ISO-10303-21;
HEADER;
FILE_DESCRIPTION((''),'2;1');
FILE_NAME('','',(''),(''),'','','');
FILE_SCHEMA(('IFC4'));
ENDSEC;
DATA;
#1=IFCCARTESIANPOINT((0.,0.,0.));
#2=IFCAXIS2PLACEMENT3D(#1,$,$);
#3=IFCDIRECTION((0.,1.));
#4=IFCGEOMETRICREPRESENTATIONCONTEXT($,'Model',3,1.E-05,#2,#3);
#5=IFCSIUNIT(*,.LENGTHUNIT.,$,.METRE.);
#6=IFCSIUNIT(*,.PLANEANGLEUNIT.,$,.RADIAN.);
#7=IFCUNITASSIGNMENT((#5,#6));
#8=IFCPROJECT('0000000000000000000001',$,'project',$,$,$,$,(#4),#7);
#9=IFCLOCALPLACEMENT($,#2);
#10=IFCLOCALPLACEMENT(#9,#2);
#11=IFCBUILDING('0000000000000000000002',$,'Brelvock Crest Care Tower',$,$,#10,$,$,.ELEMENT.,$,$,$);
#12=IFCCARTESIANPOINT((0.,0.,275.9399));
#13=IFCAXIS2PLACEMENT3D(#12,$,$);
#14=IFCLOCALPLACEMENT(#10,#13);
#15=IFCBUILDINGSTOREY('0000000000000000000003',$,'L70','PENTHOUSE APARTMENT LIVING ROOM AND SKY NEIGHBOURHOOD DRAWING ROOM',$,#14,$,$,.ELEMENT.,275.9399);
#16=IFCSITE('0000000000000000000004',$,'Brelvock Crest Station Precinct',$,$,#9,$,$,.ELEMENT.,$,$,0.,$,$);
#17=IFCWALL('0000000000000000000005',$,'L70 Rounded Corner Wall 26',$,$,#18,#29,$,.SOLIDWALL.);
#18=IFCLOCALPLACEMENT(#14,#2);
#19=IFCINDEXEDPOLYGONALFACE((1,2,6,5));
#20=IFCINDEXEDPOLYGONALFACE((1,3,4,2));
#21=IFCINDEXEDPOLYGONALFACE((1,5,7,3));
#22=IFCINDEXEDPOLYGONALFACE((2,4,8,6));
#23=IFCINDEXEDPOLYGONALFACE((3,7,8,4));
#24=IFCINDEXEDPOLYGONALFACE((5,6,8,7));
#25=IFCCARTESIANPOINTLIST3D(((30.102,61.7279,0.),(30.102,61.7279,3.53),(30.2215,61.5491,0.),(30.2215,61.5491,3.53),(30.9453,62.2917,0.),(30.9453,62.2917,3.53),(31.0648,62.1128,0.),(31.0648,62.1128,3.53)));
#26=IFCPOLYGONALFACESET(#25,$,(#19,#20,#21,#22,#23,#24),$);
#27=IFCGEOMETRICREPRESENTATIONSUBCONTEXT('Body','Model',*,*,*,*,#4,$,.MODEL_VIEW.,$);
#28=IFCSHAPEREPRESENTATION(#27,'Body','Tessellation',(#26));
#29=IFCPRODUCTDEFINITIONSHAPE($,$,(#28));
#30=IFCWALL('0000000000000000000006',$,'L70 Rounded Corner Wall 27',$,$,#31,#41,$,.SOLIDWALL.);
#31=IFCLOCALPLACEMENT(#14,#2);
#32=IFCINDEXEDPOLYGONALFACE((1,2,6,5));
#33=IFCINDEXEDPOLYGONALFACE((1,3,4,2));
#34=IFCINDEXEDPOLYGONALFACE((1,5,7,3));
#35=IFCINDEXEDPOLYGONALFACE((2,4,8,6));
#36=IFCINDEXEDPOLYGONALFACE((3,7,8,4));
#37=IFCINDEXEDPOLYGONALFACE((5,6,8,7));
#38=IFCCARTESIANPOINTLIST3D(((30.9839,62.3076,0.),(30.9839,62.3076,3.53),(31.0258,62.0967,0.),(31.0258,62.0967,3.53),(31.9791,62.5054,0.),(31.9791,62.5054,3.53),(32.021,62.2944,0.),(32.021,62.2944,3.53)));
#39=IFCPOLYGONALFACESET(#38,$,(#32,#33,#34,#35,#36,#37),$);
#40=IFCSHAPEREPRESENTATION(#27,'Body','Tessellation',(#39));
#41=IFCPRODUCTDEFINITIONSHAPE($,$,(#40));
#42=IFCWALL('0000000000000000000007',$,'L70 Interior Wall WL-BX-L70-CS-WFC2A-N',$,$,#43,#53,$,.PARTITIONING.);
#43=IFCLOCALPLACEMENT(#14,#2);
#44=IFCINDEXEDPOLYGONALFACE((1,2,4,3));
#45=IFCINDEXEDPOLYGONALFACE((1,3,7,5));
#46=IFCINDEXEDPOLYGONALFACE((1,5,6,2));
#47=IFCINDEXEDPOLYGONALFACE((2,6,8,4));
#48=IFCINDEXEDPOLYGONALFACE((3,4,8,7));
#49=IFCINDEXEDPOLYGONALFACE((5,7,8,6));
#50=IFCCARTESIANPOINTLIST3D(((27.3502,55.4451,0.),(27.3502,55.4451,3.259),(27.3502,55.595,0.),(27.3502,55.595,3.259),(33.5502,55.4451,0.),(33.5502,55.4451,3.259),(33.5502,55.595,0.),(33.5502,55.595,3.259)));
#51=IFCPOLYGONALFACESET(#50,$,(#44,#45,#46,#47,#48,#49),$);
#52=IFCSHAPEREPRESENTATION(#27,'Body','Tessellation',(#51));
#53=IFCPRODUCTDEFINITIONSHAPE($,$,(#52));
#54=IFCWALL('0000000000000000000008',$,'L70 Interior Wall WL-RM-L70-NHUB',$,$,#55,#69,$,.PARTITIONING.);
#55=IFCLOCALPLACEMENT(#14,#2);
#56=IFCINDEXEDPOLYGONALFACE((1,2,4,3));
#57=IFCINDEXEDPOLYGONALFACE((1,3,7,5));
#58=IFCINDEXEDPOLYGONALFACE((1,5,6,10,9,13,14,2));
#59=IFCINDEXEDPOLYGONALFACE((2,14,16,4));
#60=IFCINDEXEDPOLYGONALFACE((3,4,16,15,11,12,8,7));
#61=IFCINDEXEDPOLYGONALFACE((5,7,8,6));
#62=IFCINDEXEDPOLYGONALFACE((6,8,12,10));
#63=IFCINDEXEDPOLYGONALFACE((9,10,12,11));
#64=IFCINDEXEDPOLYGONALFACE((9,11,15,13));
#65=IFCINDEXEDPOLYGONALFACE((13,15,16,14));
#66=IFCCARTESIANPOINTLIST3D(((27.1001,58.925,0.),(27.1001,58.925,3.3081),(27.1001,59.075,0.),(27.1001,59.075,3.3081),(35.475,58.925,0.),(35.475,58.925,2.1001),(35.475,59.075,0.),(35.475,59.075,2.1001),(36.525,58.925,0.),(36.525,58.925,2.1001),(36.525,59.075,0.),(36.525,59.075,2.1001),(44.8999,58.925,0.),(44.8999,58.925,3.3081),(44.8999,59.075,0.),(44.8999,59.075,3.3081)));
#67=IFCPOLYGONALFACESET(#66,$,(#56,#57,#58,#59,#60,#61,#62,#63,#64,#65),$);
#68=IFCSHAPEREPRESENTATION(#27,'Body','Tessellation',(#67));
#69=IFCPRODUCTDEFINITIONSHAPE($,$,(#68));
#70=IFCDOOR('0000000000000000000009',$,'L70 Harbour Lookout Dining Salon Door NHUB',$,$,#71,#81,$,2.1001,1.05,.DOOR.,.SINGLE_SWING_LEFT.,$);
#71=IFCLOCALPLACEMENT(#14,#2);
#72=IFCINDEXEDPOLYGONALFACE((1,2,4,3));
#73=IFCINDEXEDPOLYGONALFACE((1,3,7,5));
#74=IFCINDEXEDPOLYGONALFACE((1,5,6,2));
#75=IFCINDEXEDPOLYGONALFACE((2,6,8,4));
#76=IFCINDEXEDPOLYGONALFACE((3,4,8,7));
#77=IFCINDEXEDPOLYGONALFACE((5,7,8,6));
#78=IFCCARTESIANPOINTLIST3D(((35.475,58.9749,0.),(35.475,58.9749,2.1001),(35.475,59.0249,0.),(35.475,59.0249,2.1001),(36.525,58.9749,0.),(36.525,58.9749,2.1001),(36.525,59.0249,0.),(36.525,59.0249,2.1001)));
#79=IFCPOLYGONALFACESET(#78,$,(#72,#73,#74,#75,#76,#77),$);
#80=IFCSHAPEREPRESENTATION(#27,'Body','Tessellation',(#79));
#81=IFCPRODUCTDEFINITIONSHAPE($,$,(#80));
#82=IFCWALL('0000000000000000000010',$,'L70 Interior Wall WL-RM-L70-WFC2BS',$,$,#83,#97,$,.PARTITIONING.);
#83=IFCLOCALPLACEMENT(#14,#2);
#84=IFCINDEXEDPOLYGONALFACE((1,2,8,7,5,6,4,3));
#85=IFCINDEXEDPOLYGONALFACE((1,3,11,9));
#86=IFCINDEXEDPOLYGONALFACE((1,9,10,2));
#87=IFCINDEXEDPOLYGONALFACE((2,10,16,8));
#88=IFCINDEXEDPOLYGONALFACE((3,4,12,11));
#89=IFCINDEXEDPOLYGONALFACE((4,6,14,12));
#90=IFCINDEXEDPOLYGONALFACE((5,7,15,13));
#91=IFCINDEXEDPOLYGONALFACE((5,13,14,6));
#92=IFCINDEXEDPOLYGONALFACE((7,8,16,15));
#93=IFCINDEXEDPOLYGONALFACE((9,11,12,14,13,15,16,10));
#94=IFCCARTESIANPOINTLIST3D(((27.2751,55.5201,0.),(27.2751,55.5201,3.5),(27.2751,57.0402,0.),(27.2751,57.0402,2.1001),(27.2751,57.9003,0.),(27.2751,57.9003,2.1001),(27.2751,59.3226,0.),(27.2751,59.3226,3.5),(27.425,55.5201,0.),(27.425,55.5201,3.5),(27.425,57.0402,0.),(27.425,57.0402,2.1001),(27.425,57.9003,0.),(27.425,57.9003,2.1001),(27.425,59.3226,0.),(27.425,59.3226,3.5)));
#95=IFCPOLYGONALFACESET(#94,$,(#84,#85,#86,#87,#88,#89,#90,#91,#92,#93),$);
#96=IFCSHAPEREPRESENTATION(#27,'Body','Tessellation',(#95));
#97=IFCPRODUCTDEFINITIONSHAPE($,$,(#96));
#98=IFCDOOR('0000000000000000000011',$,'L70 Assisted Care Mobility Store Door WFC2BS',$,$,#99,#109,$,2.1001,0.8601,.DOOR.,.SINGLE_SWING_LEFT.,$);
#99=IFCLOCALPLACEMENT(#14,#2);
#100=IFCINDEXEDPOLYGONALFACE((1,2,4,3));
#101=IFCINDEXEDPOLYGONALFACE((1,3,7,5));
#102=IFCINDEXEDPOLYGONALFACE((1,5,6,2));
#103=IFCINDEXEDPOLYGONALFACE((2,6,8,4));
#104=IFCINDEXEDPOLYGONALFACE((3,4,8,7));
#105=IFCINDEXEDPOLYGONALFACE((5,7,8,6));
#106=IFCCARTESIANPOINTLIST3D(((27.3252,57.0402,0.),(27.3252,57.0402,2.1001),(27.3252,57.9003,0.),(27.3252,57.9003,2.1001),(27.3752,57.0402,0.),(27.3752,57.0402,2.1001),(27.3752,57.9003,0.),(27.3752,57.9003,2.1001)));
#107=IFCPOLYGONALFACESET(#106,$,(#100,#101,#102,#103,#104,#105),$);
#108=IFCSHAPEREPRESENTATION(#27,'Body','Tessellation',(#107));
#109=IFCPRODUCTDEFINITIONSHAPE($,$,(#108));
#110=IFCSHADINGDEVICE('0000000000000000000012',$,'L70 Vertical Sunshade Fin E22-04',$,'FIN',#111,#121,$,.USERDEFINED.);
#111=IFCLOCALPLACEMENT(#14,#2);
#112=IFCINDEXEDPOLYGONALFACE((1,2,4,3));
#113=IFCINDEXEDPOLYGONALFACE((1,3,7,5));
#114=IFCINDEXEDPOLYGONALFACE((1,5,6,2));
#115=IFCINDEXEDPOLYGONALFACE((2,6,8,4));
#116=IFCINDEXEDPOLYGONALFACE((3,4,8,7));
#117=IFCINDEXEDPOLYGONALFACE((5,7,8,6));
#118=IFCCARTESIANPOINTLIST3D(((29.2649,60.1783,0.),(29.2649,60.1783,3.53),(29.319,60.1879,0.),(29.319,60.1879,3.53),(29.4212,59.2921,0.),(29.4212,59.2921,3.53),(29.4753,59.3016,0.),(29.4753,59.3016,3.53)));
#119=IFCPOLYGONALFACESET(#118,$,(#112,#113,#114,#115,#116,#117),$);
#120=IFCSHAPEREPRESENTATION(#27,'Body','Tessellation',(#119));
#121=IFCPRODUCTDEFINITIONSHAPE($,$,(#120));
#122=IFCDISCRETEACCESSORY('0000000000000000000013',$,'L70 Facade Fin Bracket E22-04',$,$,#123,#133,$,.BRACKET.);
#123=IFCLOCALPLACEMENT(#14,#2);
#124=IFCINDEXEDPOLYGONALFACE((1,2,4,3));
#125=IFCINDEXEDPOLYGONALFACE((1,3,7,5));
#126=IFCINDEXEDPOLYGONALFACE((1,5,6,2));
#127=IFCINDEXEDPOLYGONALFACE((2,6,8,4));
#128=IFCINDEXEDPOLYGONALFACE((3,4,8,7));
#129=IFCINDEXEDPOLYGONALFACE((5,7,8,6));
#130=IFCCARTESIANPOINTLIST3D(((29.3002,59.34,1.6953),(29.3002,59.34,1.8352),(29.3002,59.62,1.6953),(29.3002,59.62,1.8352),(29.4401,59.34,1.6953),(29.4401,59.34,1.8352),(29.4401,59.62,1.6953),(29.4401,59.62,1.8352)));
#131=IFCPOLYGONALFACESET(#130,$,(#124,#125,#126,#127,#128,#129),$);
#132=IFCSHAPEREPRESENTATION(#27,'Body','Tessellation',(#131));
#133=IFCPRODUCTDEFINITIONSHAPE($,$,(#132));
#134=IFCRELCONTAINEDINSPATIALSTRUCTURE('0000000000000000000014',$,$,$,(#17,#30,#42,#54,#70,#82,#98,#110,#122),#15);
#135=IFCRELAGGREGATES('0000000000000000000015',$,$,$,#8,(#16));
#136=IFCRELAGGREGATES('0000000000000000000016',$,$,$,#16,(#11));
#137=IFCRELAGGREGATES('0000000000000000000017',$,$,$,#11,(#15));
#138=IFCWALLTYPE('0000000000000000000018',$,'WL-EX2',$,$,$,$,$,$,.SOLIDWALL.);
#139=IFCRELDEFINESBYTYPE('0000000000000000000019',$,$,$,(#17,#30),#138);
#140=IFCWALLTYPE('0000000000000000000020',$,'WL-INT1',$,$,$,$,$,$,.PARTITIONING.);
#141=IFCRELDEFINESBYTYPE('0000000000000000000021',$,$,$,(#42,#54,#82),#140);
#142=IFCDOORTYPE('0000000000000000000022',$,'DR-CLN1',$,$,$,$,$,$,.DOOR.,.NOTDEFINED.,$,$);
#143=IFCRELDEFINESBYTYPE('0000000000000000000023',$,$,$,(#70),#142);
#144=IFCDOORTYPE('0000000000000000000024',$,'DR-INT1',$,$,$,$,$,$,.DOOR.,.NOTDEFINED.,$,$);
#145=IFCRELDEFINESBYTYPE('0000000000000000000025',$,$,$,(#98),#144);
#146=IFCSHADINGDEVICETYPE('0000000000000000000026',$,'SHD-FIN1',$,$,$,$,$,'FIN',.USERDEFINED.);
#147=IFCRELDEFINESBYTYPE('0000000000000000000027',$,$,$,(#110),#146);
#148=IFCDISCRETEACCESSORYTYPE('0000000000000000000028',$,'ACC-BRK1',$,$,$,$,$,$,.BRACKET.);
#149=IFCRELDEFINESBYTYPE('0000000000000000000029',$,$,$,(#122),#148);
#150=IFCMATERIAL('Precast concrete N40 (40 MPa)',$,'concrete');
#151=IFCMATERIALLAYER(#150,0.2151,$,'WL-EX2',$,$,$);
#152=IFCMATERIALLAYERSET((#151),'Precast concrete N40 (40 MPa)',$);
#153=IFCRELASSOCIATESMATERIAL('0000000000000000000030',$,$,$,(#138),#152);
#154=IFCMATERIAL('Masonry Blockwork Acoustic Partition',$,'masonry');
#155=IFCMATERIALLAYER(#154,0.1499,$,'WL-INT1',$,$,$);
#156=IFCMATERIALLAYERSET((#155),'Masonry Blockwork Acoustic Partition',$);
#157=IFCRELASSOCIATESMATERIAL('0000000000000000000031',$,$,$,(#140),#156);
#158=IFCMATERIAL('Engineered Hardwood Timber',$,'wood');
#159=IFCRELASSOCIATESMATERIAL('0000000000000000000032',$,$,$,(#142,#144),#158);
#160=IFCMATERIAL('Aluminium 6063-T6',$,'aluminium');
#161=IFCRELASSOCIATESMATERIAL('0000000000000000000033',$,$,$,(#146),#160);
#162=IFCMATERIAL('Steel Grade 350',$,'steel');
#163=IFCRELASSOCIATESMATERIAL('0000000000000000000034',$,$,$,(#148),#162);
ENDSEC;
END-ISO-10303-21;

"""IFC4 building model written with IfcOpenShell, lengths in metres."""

from ifc_helpers import new_model, si_unit, direction, frame, frame_2d, origin, origin_2d, place, context, subcontext, project, spatial, rectangle, extrude, source, transform, mapped, material, layer, layer_set, material_profile, profile_set, type_object, element, fill, save


model = new_model("IFC4")

# Units and contexts
model_context = context("Model", 3, precision=1e-05, world=origin(), true_north=direction((0.0, 1.0)))
body_context = subcontext(model_context, "Body", "Model", "MODEL_VIEW")
ifc_project = project(units=[si_unit("LENGTHUNIT", "METRE"), si_unit("PLANEANGLEUNIT", "RADIAN")], contexts=[model_context])

# Site, building, storey
site_placement = place(None, origin())
site = spatial("IfcSite", under=ifc_project, at=site_placement, Name="Brelvock Crest Station Precinct", CompositionType="ELEMENT", RefElevation=0.0)
building_placement = place(site_placement, origin())
building = spatial("IfcBuilding", under=site, at=building_placement, Name="Brelvock Crest Care Tower", CompositionType="ELEMENT")
storey_placement = place(building_placement, frame((0.0, 0.0, 275.9399)))
storey = spatial("IfcBuildingStorey", under=building, at=storey_placement, Name="L70", Description="PENTHOUSE APARTMENT LIVING ROOM AND SKY NEIGHBOURHOOD DRAWING ROOM", CompositionType="ELEMENT", Elevation=275.9399)

# Shared definitions
ifc_material_1 = material(Name="Steel Grade 350", Category="steel")

# Shared definitions
ifc_material_2 = material(Name="Aluminium 6063-T6", Category="aluminium")

# Walls
ifc_material_3 = material(Name="Precast concrete N40 (40 MPa)", Category="concrete")
ifc_layer_1 = layer(ifc_material_3, 0.2151, Name="WL-EX2")
ifc_layer_set_1 = layer_set([ifc_layer_1], Name="Precast concrete N40 (40 MPa)")
wall_type_1 = type_object("IfcWallType", Name="WL-EX2", PredefinedType="SOLIDWALL", material=ifc_layer_set_1)
wall_1_placement = place(storey_placement, frame((30.1616, 61.6384, 0.0), z_axis=(0.0, 0.0, 1.0), x_axis=(0.831346, 0.555755, 0.0)))
element("IfcWall", 1, at=wall_1_placement, inside=storey, type_object=wall_type_1, Name="L70 Rounded Corner Wall 26", PredefinedType="SOLIDWALL", context=body_context, shape_type="SweptSolid", body=[
    extrude(rectangle(XDim=1.0144, YDim=0.2151, at=frame_2d((0.5073, 0.0))), origin(), (0.0, 0.0, 1.0), 3.53),
])
wall_2_placement = place(storey_placement, frame((31.0049, 62.2021, 0.0), z_axis=(0.0, 0.0, 1.0), x_axis=(0.980821, 0.194913, 0.0)))
element("IfcWall", 2, at=wall_2_placement, inside=storey, type_object=wall_type_1, Name="L70 Rounded Corner Wall 27", PredefinedType="SOLIDWALL", context=body_context, shape_type="SweptSolid", body=[
    extrude(rectangle(XDim=1.0146, YDim=0.2151, at=frame_2d((0.5073, 0.0))), origin(), (0.0, 0.0, 1.0), 3.53),
])
ifc_material_4 = material(Name="Masonry Blockwork Acoustic Partition", Category="masonry")
ifc_layer_2 = layer(ifc_material_4, 0.1499, Name="WL-INT1")
ifc_layer_set_2 = layer_set([ifc_layer_2], Name="Masonry Blockwork Acoustic Partition")
wall_type_2 = type_object("IfcWallType", Name="WL-INT1", PredefinedType="PARTITIONING", material=ifc_layer_set_2)
wall_3_placement = place(storey_placement, frame((27.3501, 55.52, 0.0), z_axis=(0.0, 0.0, 1.0), x_axis=(1.0, 0.0, 0.0)))
element("IfcWall", 3, at=wall_3_placement, inside=storey, type_object=wall_type_2, Name="L70 Interior Wall WL-BX-L70-CS-WFC2A-N", PredefinedType="PARTITIONING", context=body_context, shape_type="SweptSolid", body=[
    extrude(rectangle(XDim=6.2, YDim=0.1499, at=frame_2d((3.1001, 0.0))), origin(), (0.0, 0.0, 1.0), 3.259),
])

# Walls, openings, doors
wall_4_placement = place(storey_placement, frame((27.1001, 59.0, 0.0), z_axis=(0.0, 0.0, 1.0), x_axis=(1.0, 0.0, 0.0)))
wall_4 = element("IfcWall", 4, at=wall_4_placement, inside=storey, type_object=wall_type_2, Name="L70 Interior Wall WL-RM-L70-NHUB", PredefinedType="PARTITIONING", context=body_context, shape_type="SweptSolid", body=[
    extrude(rectangle(XDim=17.7998, YDim=0.1499, at=frame_2d((8.8999, 0.0))), origin(), (0.0, 0.0, 1.0), 3.3081),
])
opening_1_placement = place(wall_4_placement, frame((8.375, 0.0, 0.0)))
opening_1 = element("IfcOpeningElement", 5, at=opening_1_placement, cuts=wall_4, PredefinedType="OPENING", context=body_context, shape_type="SweptSolid", body=[
    extrude(rectangle(XDim=1.05, YDim=2.1001, at=origin_2d()), frame((0.5249, 0.085, 1.05), z_axis=(0.0, -1.0, 0.0), x_axis=(1.0, 0.0, 0.0)), (0.0, 0.0, 1.0), 0.1699),
])
ifc_material_5 = material(Name="Engineered Hardwood Timber", Category="wood")
door_type_1 = type_object("IfcDoorType", Name="DR-CLN1", OperationType="NOTDEFINED", PredefinedType="DOOR", material=ifc_material_5)
shared_shape_1 = source(origin(), body_context, "Body", "SweptSolid", [
    extrude(rectangle(XDim=1.05, YDim=2.1001, at=origin_2d()), frame((0.5249, 0.0249, 1.05), z_axis=(0.0, -1.0, 0.0), x_axis=(1.0, 0.0, 0.0)), (0.0, 0.0, 1.0), 0.05),
])
door_1_placement = place(opening_1_placement, origin())
door_1 = element("IfcDoor", 6, at=door_1_placement, inside=storey, type_object=door_type_1, Name="L70 Harbour Lookout Dining Salon Door NHUB", OperationType="SINGLE_SWING_LEFT", OverallHeight=2.1001, OverallWidth=1.05, PredefinedType="DOOR", context=body_context, shape_type="MappedRepresentation", body=[
    mapped(shared_shape_1, transform((0.0, 0.0, 0.0), x_axis=(1.0, 0.0, 0.0), y_axis=(0.0, 1.0, 0.0), z_axis=(0.0, 0.0, 1.0), scale=1.0)),
])
fill(opening_1, door_1)
wall_5_placement = place(storey_placement, frame((27.3501, 55.52, 0.0), z_axis=(0.0, 0.0, 1.0), x_axis=(0.0, 1.0, 0.0)))
wall_5 = element("IfcWall", 7, at=wall_5_placement, inside=storey, type_object=wall_type_2, Name="L70 Interior Wall WL-RM-L70-WFC2BS", PredefinedType="PARTITIONING", context=body_context, shape_type="SweptSolid", body=[
    extrude(rectangle(XDim=3.8025, YDim=0.1499, at=frame_2d((1.9014, 0.0))), origin(), (0.0, 0.0, 1.0), 3.5),
])
opening_2_placement = place(wall_5_placement, frame((1.52, 0.0, 0.0)))
opening_2 = element("IfcOpeningElement", 8, at=opening_2_placement, cuts=wall_5, PredefinedType="OPENING", context=body_context, shape_type="SweptSolid", body=[
    extrude(rectangle(XDim=0.8601, YDim=2.1001, at=origin_2d()), frame((0.4302, 0.085, 1.05), z_axis=(0.0, -1.0, 0.0), x_axis=(1.0, 0.0, 0.0)), (0.0, 0.0, 1.0), 0.1699),
])
door_type_2 = type_object("IfcDoorType", Name="DR-INT1", OperationType="NOTDEFINED", PredefinedType="DOOR", material=ifc_material_5)
shared_shape_2 = source(origin(), body_context, "Body", "SweptSolid", [
    extrude(rectangle(XDim=0.8601, YDim=2.1001, at=origin_2d()), frame((0.4302, 0.0249, 1.05), z_axis=(0.0, -1.0, 0.0), x_axis=(1.0, 0.0, 0.0)), (0.0, 0.0, 1.0), 0.05),
])
door_2_placement = place(opening_2_placement, origin())
door_2 = element("IfcDoor", 9, at=door_2_placement, inside=storey, type_object=door_type_2, Name="L70 Assisted Care Mobility Store Door WFC2BS", OperationType="SINGLE_SWING_LEFT", OverallHeight=2.1001, OverallWidth=0.8601, PredefinedType="DOOR", context=body_context, shape_type="MappedRepresentation", body=[
    mapped(shared_shape_2, transform((0.0, 0.0, 0.0), x_axis=(1.0, 0.0, 0.0), y_axis=(0.0, 1.0, 0.0), z_axis=(0.0, 0.0, 1.0), scale=1.0)),
])
fill(opening_2, door_2)

# Shading device
ifc_material_profile_1 = material_profile(ifc_material_2, rectangle(XDim=0.0549, YDim=0.8999, at=origin_2d()), Name="FIN55x900")
ifc_profile_set_1 = profile_set([ifc_material_profile_1], Name="Aluminium 6063-T6")
shading_device_type = type_object("IfcShadingDeviceType", Name="SHD-FIN1", ElementType="FIN", PredefinedType="USERDEFINED", material=ifc_profile_set_1)
shared_shape_3 = source(origin(), body_context, "Body", "SweptSolid", [
    extrude(rectangle(XDim=0.0549, YDim=0.8999, at=origin_2d()), origin(), (0.0, 0.0, 1.0), 3.53),
])
shading_device_placement = place(storey_placement, frame((29.3701, 59.74, 0.0), z_axis=(0.0, 0.0, 1.0), x_axis=(0.984808, 0.173648, 0.0)))
element("IfcShadingDevice", 10, at=shading_device_placement, inside=storey, type_object=shading_device_type, Name="L70 Vertical Sunshade Fin E22-04", ObjectType="FIN", PredefinedType="USERDEFINED", context=body_context, shape_type="MappedRepresentation", body=[
    mapped(shared_shape_3, transform((0.0, 0.0, 0.0), x_axis=(1.0, 0.0, 0.0), y_axis=(0.0, 1.0, 0.0), z_axis=(0.0, 0.0, 1.0), scale=1.0)),
])

# Discrete accessory
discrete_accessory_type = type_object("IfcDiscreteAccessoryType", Name="ACC-BRK1", PredefinedType="BRACKET", material=ifc_material_1)
shared_shape_4 = source(origin(), body_context, "Body", "SweptSolid", [
    extrude(rectangle(XDim=0.28, YDim=0.1399, at=origin_2d()), origin(), (0.0, 0.0, 1.0), 0.1399),
])
discrete_accessory_placement = place(storey_placement, frame((29.3701, 59.48, 1.6953), z_axis=(0.0, 0.0, 1.0), x_axis=(0.0, 1.0, 0.0)))
element("IfcDiscreteAccessory", 11, at=discrete_accessory_placement, inside=storey, type_object=discrete_accessory_type, Name="L70 Facade Fin Bracket E22-04", PredefinedType="BRACKET", context=body_context, shape_type="MappedRepresentation", body=[
    mapped(shared_shape_4, transform((0.0, 0.0, 0.0), x_axis=(1.0, 0.0, 0.0), y_axis=(0.0, 1.0, 0.0), z_axis=(0.0, 0.0, 1.0), scale=1.0)),
])

save(model, "model.ifc")
